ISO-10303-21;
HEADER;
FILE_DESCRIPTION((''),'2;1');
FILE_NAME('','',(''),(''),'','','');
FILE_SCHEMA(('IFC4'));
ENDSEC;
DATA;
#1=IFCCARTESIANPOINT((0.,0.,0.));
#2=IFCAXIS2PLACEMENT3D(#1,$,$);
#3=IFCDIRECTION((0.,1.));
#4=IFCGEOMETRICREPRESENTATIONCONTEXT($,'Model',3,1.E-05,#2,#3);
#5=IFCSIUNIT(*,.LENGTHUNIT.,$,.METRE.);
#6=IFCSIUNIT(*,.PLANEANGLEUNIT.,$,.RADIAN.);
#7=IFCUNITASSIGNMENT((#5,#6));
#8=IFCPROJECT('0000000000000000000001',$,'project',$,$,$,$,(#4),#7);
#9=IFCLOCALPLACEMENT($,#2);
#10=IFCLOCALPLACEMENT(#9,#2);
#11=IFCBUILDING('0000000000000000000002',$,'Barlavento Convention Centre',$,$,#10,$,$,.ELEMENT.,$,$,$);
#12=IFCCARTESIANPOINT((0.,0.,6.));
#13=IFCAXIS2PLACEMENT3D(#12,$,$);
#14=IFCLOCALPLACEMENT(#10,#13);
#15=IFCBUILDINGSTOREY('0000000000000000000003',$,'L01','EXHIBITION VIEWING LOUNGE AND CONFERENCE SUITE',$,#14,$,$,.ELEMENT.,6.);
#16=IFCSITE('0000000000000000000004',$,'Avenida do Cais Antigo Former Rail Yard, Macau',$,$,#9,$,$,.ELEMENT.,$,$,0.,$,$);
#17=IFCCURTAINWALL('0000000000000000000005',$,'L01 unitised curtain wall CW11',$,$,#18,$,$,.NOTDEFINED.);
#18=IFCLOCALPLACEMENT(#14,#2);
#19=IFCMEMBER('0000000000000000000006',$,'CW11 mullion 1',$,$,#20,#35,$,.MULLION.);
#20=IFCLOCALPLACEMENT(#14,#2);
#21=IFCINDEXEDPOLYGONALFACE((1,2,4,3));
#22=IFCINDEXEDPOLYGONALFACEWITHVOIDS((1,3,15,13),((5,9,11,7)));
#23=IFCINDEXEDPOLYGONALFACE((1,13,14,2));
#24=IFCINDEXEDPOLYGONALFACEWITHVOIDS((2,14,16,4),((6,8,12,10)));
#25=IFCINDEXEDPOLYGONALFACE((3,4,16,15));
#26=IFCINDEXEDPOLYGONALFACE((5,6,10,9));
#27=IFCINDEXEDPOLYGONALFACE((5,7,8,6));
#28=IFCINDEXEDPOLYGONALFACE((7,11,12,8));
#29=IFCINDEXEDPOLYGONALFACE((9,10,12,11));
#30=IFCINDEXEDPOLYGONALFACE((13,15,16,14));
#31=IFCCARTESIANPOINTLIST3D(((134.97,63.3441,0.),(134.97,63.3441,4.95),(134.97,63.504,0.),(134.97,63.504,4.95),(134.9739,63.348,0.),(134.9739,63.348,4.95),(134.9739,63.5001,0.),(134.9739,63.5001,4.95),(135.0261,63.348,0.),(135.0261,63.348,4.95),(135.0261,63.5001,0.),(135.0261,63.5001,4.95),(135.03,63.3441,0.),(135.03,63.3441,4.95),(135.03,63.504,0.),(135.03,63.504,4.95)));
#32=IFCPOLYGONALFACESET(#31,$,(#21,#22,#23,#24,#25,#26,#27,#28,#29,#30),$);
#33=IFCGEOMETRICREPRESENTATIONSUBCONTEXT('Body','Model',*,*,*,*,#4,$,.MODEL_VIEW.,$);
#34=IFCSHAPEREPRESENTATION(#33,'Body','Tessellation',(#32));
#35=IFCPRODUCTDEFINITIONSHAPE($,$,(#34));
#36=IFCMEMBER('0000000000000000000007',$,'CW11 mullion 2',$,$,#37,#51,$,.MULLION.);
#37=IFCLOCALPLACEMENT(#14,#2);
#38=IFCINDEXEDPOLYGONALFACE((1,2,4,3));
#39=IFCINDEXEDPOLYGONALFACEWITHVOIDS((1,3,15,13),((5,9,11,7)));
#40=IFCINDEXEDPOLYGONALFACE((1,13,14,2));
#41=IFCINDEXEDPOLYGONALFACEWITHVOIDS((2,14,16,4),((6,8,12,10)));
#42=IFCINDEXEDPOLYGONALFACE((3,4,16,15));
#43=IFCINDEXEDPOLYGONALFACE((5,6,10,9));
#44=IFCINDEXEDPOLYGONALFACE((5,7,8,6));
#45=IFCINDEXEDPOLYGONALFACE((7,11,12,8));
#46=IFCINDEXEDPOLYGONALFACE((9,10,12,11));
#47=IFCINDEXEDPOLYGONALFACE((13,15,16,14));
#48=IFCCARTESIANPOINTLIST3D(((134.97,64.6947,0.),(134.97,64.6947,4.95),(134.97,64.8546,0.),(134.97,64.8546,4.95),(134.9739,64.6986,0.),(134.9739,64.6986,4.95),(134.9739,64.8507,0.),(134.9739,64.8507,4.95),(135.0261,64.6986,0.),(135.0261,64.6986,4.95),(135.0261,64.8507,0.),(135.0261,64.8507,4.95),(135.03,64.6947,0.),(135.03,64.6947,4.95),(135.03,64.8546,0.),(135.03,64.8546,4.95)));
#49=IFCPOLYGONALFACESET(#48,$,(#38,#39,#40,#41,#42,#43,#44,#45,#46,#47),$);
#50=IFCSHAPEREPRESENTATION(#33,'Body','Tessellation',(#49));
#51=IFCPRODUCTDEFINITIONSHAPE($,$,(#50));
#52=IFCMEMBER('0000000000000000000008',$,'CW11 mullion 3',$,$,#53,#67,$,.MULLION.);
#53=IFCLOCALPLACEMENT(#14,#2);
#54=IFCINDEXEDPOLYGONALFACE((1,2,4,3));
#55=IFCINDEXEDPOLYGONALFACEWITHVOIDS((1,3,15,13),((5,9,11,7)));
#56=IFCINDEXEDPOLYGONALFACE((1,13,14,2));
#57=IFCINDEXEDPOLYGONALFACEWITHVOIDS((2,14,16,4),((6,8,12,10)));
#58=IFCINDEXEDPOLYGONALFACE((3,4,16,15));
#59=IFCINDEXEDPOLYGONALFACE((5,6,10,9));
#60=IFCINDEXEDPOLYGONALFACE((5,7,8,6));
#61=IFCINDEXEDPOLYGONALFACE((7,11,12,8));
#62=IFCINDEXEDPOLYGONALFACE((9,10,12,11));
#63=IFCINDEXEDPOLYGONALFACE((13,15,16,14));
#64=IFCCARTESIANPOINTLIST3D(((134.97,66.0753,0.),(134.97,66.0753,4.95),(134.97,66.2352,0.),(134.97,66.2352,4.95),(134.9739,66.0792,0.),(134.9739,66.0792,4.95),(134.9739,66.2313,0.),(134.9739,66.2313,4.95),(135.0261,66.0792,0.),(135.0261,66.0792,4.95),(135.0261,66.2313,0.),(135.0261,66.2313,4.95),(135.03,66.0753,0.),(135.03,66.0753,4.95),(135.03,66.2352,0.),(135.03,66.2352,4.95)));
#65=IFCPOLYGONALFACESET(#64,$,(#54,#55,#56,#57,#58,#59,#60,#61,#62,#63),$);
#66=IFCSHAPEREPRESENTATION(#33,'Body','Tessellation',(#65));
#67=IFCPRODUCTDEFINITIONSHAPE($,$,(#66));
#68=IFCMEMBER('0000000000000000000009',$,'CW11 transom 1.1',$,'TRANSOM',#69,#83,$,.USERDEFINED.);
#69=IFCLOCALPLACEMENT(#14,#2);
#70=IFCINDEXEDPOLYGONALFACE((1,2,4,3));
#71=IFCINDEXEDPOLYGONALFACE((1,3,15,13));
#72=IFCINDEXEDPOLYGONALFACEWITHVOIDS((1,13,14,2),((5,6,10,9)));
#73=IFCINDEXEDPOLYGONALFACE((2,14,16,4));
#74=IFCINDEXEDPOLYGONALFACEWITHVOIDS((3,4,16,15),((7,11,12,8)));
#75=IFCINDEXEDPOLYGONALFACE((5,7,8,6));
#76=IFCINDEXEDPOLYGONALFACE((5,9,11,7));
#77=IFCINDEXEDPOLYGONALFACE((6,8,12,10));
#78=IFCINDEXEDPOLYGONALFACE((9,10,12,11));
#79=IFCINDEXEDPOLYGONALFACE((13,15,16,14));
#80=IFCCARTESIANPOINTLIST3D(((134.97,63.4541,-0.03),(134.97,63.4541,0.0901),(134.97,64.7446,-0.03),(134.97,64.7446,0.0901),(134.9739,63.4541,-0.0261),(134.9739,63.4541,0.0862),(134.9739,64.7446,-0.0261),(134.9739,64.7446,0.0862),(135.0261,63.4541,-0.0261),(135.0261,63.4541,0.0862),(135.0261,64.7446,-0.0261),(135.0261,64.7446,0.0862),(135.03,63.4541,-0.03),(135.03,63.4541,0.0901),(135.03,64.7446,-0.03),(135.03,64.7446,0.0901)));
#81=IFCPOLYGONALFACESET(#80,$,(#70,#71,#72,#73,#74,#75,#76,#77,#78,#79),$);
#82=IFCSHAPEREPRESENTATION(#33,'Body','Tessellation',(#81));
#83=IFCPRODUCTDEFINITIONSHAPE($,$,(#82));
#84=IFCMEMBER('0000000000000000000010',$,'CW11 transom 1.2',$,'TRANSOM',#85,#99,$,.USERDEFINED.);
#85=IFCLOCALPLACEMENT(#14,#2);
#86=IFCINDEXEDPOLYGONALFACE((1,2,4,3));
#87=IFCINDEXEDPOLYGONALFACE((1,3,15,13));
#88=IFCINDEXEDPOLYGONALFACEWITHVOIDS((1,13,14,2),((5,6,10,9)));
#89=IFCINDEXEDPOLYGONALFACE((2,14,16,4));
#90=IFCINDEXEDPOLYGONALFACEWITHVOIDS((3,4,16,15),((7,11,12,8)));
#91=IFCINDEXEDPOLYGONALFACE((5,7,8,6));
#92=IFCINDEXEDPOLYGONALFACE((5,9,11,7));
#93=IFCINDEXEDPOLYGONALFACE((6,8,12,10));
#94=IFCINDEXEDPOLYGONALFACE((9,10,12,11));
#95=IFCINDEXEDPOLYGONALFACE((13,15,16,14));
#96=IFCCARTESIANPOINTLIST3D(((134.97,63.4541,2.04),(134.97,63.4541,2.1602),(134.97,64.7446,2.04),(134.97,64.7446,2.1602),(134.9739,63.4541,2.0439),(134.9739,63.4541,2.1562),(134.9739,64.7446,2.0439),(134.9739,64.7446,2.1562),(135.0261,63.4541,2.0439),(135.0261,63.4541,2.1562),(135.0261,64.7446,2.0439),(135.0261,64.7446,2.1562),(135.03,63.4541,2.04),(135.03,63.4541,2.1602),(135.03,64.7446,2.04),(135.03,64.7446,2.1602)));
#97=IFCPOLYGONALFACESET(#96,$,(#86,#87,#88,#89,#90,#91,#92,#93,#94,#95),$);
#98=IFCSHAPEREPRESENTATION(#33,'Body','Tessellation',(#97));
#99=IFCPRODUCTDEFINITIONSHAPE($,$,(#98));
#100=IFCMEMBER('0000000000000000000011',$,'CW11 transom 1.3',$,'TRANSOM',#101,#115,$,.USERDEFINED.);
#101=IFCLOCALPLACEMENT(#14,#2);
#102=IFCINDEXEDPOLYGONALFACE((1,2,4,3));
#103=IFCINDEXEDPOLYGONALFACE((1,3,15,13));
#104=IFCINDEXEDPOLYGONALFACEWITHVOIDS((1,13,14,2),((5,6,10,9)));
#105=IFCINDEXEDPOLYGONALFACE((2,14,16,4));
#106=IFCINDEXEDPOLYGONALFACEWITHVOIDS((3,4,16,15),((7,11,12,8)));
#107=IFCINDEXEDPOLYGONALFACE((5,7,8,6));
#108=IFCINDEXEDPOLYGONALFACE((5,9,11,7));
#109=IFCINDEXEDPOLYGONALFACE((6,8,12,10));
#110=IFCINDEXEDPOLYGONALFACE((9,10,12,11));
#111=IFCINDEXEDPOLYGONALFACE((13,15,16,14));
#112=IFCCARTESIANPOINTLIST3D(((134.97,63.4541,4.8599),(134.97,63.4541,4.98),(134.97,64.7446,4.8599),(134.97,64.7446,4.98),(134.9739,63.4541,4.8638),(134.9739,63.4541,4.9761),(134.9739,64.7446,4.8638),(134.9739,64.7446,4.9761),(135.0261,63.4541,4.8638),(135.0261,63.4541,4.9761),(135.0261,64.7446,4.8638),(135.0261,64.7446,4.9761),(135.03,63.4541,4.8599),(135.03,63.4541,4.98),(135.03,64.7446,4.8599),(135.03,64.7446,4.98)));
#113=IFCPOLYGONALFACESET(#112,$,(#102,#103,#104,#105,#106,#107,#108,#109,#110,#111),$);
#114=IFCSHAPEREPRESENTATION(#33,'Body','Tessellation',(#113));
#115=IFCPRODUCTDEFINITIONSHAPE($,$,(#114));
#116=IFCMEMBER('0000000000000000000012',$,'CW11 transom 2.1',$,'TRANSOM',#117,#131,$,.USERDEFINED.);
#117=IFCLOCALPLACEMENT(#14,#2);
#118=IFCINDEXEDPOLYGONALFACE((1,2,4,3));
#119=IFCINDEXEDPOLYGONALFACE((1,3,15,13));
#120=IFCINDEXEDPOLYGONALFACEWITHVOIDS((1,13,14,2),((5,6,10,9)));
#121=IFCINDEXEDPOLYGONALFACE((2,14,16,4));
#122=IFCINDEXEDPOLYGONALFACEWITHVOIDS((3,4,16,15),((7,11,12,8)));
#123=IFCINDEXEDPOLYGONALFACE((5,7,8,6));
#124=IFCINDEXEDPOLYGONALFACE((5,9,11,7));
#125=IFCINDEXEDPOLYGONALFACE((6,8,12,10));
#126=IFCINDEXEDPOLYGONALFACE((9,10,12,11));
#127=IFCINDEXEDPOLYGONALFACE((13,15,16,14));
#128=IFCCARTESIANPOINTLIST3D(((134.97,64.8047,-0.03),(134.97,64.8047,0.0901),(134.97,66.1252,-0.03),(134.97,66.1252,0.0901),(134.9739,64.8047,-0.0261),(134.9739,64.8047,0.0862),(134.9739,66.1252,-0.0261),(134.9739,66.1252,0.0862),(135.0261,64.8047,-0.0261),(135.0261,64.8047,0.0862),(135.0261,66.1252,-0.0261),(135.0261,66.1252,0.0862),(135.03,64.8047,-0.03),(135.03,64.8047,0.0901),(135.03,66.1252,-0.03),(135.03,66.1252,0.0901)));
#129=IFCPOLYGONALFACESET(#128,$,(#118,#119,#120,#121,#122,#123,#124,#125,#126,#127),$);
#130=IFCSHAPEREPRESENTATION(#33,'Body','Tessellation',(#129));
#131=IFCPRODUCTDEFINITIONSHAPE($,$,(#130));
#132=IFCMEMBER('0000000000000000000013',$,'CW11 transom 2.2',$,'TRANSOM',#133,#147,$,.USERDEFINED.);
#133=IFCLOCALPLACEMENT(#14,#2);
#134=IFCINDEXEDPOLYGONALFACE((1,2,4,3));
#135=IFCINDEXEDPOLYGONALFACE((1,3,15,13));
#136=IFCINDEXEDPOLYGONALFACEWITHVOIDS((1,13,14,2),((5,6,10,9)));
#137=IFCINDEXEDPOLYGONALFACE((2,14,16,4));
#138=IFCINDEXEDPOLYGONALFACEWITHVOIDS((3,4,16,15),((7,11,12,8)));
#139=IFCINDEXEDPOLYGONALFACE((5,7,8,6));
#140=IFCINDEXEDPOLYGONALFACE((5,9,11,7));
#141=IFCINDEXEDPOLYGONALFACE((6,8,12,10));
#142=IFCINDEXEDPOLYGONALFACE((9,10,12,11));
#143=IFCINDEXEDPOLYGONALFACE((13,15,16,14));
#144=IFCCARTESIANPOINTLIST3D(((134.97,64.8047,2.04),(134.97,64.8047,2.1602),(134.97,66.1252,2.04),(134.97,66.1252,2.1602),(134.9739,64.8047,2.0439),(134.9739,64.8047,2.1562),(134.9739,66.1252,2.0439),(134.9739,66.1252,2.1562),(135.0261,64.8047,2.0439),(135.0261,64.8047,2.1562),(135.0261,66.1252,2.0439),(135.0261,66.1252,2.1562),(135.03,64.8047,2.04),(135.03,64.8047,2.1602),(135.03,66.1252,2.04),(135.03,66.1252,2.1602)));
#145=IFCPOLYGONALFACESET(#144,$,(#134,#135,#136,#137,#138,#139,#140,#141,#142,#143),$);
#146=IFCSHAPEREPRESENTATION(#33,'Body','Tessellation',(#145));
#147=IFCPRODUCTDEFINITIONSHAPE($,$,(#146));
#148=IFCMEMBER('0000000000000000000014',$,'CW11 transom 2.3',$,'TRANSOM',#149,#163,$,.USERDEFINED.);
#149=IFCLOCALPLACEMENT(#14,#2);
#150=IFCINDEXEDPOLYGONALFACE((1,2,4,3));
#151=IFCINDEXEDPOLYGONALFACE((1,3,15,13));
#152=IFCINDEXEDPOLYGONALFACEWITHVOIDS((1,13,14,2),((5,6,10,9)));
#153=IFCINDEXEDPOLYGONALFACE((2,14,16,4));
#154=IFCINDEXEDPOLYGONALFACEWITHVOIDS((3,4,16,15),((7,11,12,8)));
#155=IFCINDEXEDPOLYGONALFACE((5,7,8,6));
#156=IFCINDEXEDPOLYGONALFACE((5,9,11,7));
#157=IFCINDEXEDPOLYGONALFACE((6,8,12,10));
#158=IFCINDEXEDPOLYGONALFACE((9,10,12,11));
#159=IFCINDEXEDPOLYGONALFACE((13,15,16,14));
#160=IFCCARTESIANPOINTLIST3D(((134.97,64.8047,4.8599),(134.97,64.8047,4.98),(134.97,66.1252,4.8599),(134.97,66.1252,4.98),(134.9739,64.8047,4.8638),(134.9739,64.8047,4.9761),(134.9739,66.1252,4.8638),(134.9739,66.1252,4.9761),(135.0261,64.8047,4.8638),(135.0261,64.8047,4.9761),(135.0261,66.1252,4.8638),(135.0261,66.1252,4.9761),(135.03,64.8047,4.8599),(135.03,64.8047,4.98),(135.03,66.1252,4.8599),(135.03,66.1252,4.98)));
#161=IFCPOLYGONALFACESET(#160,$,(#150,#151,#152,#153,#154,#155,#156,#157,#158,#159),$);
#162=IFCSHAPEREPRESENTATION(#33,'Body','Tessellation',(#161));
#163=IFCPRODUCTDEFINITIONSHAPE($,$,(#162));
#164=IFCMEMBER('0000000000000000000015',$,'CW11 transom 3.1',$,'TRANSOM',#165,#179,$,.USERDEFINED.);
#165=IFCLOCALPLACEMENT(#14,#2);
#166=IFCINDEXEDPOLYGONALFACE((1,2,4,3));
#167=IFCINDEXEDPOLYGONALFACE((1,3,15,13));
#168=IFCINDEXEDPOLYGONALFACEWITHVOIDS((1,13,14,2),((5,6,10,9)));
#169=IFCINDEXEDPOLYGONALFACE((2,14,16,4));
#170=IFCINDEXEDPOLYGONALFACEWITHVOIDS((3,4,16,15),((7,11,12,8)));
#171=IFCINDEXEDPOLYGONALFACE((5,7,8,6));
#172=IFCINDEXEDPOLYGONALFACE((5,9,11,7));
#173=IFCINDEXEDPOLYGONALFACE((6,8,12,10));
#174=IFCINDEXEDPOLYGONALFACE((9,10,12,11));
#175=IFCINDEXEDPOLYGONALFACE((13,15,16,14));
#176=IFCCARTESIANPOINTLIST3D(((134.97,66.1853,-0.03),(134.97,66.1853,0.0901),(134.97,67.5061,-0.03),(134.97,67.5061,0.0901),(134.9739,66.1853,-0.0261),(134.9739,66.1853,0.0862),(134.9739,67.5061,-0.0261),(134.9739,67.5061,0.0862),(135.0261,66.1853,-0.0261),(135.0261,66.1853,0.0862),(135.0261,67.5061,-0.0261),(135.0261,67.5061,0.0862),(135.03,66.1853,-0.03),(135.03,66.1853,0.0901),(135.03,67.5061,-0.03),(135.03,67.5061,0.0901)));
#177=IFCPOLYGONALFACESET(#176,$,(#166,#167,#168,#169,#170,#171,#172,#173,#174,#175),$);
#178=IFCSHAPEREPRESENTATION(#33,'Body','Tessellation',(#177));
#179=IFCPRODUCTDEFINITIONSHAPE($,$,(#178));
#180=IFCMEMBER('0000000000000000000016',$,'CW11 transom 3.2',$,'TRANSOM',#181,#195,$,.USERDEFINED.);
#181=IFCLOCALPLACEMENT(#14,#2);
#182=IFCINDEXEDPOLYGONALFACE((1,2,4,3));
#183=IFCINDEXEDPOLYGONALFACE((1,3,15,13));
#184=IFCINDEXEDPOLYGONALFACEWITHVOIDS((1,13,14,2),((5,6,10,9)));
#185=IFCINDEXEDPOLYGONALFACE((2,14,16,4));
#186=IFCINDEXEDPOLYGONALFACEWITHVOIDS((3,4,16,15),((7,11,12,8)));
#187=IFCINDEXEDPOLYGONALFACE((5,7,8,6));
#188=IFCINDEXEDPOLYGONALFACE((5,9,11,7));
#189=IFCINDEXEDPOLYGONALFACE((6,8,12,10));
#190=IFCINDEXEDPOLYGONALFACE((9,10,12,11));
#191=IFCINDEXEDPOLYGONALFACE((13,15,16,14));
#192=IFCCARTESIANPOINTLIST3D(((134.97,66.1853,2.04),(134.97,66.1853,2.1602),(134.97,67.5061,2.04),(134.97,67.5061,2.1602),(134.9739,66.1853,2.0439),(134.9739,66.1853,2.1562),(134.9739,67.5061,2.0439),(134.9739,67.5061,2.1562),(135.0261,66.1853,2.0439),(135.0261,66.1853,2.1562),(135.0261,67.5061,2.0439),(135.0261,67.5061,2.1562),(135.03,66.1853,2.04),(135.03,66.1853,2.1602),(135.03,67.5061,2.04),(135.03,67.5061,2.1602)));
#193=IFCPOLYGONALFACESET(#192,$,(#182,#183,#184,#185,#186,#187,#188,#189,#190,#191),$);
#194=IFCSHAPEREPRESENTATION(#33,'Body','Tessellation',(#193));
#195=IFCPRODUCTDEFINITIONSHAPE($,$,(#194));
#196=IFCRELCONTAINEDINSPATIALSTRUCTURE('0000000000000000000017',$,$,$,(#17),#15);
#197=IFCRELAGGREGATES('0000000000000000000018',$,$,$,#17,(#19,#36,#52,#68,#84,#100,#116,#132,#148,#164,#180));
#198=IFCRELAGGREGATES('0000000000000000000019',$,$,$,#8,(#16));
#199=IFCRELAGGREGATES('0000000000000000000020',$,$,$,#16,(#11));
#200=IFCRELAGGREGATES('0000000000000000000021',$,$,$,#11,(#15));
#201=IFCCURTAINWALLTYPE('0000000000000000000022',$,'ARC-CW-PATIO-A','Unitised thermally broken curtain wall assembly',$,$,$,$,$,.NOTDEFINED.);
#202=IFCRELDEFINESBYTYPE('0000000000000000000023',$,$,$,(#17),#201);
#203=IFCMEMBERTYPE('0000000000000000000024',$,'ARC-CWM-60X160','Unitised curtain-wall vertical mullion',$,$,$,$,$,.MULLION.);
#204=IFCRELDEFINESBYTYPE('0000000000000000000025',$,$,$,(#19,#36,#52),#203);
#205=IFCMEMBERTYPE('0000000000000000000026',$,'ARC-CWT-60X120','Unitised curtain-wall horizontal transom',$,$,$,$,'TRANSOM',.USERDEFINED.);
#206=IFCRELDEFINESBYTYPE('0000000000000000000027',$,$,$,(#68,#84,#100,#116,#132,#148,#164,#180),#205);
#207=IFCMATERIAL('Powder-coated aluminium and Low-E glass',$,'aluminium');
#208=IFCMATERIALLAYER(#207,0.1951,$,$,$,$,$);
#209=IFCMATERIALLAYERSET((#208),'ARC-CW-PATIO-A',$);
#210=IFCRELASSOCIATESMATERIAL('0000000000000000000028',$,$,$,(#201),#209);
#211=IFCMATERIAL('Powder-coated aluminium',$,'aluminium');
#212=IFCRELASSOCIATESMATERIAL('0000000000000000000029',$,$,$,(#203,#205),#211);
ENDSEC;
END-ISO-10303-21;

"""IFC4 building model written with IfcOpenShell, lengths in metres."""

from ifc_helpers import new_model, si_unit, direction, frame, origin, origin_2d, place, context, subcontext, project, spatial, hollow_rectangle, extrude, material, layer, layer_set, material_profile, profile_set, type_object, element, aggregate, save


model = new_model("IFC4")

# Units and contexts
model_context = context("Model", 3, precision=1e-05, world=origin(), true_north=direction((0.0, 1.0)))
body_context = subcontext(model_context, "Body", "Model", "MODEL_VIEW")
ifc_project = project(units=[si_unit("LENGTHUNIT", "METRE"), si_unit("PLANEANGLEUNIT", "RADIAN")], contexts=[model_context])

# Site, building, storey
site_placement = place(None, origin())
site = spatial("IfcSite", under=ifc_project, at=site_placement, Name="Avenida do Cais Antigo Former Rail Yard, Macau", CompositionType="ELEMENT", RefElevation=0.0)
building_placement = place(site_placement, origin())
building = spatial("IfcBuilding", under=site, at=building_placement, Name="Barlavento Convention Centre", CompositionType="ELEMENT")
storey_placement = place(building_placement, frame((0.0, 0.0, 6.0)))
storey = spatial("IfcBuildingStorey", under=building, at=storey_placement, Name="L01", Description="EXHIBITION VIEWING LOUNGE AND CONFERENCE SUITE", CompositionType="ELEMENT", Elevation=6.0)

# Curtain wall, members
ifc_material_1 = material(Name="Powder-coated aluminium and Low-E glass", Category="aluminium")
ifc_layer_1 = layer(ifc_material_1, 0.1951)
ifc_layer_set_1 = layer_set([ifc_layer_1], Name="ARC-CW-PATIO-A")
curtain_wall_type = type_object("IfcCurtainWallType", Name="ARC-CW-PATIO-A", Description="Unitised thermally broken curtain wall assembly", PredefinedType="NOTDEFINED", material=ifc_layer_set_1)
curtain_wall_placement = place(storey_placement, origin())
curtain_wall = element("IfcCurtainWall", 1, at=curtain_wall_placement, inside=storey, type_object=curtain_wall_type, Name="L01 unitised curtain wall CW11", PredefinedType="NOTDEFINED")
ifc_material_2 = material(Name="Powder-coated aluminium", Category="aluminium")
ifc_material_profile_1 = material_profile(ifc_material_2, hollow_rectangle(XDim=0.0601, YDim=0.1599, WallThickness=0.0039, at=origin_2d()), Name="AL-MULL 60x160x4")
ifc_profile_set_1 = profile_set([ifc_material_profile_1], Name="Powder-coated aluminium")
member_type_1 = type_object("IfcMemberType", Name="ARC-CWM-60X160", Description="Unitised curtain-wall vertical mullion", PredefinedType="MULLION", material=ifc_profile_set_1)
member_1_placement = place(storey_placement, frame((135.0, 63.4241, 0.0), z_axis=(0.0, 0.0, 1.0), x_axis=(-1.0, 0.0, 0.0)))
member_1 = element("IfcMember", 2, at=member_1_placement, type_object=member_type_1, Name="CW11 mullion 1", PredefinedType="MULLION", context=body_context, shape_type="SweptSolid", body=[
    extrude(hollow_rectangle(XDim=0.0601, YDim=0.1599, WallThickness=0.0039, at=origin_2d()), origin(), (0.0, 0.0, 1.0), 4.95),
])
member_2_placement = place(storey_placement, frame((135.0, 64.7747, 0.0), z_axis=(0.0, 0.0, 1.0), x_axis=(-1.0, 0.0, 0.0)))
member_2 = element("IfcMember", 3, at=member_2_placement, type_object=member_type_1, Name="CW11 mullion 2", PredefinedType="MULLION", context=body_context, shape_type="SweptSolid", body=[
    extrude(hollow_rectangle(XDim=0.0601, YDim=0.1599, WallThickness=0.0039, at=origin_2d()), origin(), (0.0, 0.0, 1.0), 4.95),
])
member_3_placement = place(storey_placement, frame((135.0, 66.1553, 0.0), z_axis=(0.0, 0.0, 1.0), x_axis=(-1.0, 0.0, 0.0)))
member_3 = element("IfcMember", 4, at=member_3_placement, type_object=member_type_1, Name="CW11 mullion 3", PredefinedType="MULLION", context=body_context, shape_type="SweptSolid", body=[
    extrude(hollow_rectangle(XDim=0.0601, YDim=0.1599, WallThickness=0.0039, at=origin_2d()), origin(), (0.0, 0.0, 1.0), 4.95),
])
ifc_material_profile_2 = material_profile(ifc_material_2, hollow_rectangle(XDim=0.0601, YDim=0.1201, WallThickness=0.0039, at=origin_2d()), Name="AL-TRAN 60x120x4")
ifc_profile_set_2 = profile_set([ifc_material_profile_2], Name="Powder-coated aluminium")
member_type_2 = type_object("IfcMemberType", Name="ARC-CWT-60X120", Description="Unitised curtain-wall horizontal transom", ElementType="TRANSOM", PredefinedType="USERDEFINED", material=ifc_profile_set_2)
member_4_placement = place(storey_placement, frame((135.0, 63.4541, 0.03), z_axis=(0.0, 1.0, 0.0), x_axis=(-1.0, 0.0, 0.0)))
member_4 = element("IfcMember", 5, at=member_4_placement, type_object=member_type_2, Name="CW11 transom 1.1", ObjectType="TRANSOM", PredefinedType="USERDEFINED", context=body_context, shape_type="SweptSolid", body=[
    extrude(hollow_rectangle(XDim=0.0601, YDim=0.1201, WallThickness=0.0039, at=origin_2d()), origin(), (0.0, 0.0, 1.0), 1.2905),
])
member_5_placement = place(storey_placement, frame((135.0, 63.4541, 2.1001), z_axis=(0.0, 1.0, 0.0), x_axis=(-1.0, 0.0, 0.0)))
member_5 = element("IfcMember", 6, at=member_5_placement, type_object=member_type_2, Name="CW11 transom 1.2", ObjectType="TRANSOM", PredefinedType="USERDEFINED", context=body_context, shape_type="SweptSolid", body=[
    extrude(hollow_rectangle(XDim=0.0601, YDim=0.1201, WallThickness=0.0039, at=origin_2d()), origin(), (0.0, 0.0, 1.0), 1.2905),
])
member_6_placement = place(storey_placement, frame((135.0, 63.4541, 4.9199), z_axis=(0.0, 1.0, 0.0), x_axis=(-1.0, 0.0, 0.0)))
member_6 = element("IfcMember", 7, at=member_6_placement, type_object=member_type_2, Name="CW11 transom 1.3", ObjectType="TRANSOM", PredefinedType="USERDEFINED", context=body_context, shape_type="SweptSolid", body=[
    extrude(hollow_rectangle(XDim=0.0601, YDim=0.1201, WallThickness=0.0039, at=origin_2d()), origin(), (0.0, 0.0, 1.0), 1.2905),
])
member_7_placement = place(storey_placement, frame((135.0, 64.8047, 0.03), z_axis=(0.0, 1.0, 0.0), x_axis=(-1.0, 0.0, 0.0)))
member_7 = element("IfcMember", 8, at=member_7_placement, type_object=member_type_2, Name="CW11 transom 2.1", ObjectType="TRANSOM", PredefinedType="USERDEFINED", context=body_context, shape_type="SweptSolid", body=[
    extrude(hollow_rectangle(XDim=0.0601, YDim=0.1201, WallThickness=0.0039, at=origin_2d()), origin(), (0.0, 0.0, 1.0), 1.3206),
])
member_8_placement = place(storey_placement, frame((135.0, 64.8047, 2.1001), z_axis=(0.0, 1.0, 0.0), x_axis=(-1.0, 0.0, 0.0)))
member_8 = element("IfcMember", 9, at=member_8_placement, type_object=member_type_2, Name="CW11 transom 2.2", ObjectType="TRANSOM", PredefinedType="USERDEFINED", context=body_context, shape_type="SweptSolid", body=[
    extrude(hollow_rectangle(XDim=0.0601, YDim=0.1201, WallThickness=0.0039, at=origin_2d()), origin(), (0.0, 0.0, 1.0), 1.3206),
])
member_9_placement = place(storey_placement, frame((135.0, 64.8047, 4.9199), z_axis=(0.0, 1.0, 0.0), x_axis=(-1.0, 0.0, 0.0)))
member_9 = element("IfcMember", 10, at=member_9_placement, type_object=member_type_2, Name="CW11 transom 2.3", ObjectType="TRANSOM", PredefinedType="USERDEFINED", context=body_context, shape_type="SweptSolid", body=[
    extrude(hollow_rectangle(XDim=0.0601, YDim=0.1201, WallThickness=0.0039, at=origin_2d()), origin(), (0.0, 0.0, 1.0), 1.3206),
])
member_10_placement = place(storey_placement, frame((135.0, 66.1853, 0.03), z_axis=(0.0, 1.0, 0.0), x_axis=(-1.0, 0.0, 0.0)))
member_10 = element("IfcMember", 11, at=member_10_placement, type_object=member_type_2, Name="CW11 transom 3.1", ObjectType="TRANSOM", PredefinedType="USERDEFINED", context=body_context, shape_type="SweptSolid", body=[
    extrude(hollow_rectangle(XDim=0.0601, YDim=0.1201, WallThickness=0.0039, at=origin_2d()), origin(), (0.0, 0.0, 1.0), 1.3208),
])
member_11_placement = place(storey_placement, frame((135.0, 66.1853, 2.1001), z_axis=(0.0, 1.0, 0.0), x_axis=(-1.0, 0.0, 0.0)))
member_11 = element("IfcMember", 12, at=member_11_placement, type_object=member_type_2, Name="CW11 transom 3.2", ObjectType="TRANSOM", PredefinedType="USERDEFINED", context=body_context, shape_type="SweptSolid", body=[
    extrude(hollow_rectangle(XDim=0.0601, YDim=0.1201, WallThickness=0.0039, at=origin_2d()), origin(), (0.0, 0.0, 1.0), 1.3208),
])

aggregate(curtain_wall, [member_1, member_2, member_3, member_4, member_5, member_6, member_7, member_8, member_9, member_10, member_11])

save(model, "model.ifc")
